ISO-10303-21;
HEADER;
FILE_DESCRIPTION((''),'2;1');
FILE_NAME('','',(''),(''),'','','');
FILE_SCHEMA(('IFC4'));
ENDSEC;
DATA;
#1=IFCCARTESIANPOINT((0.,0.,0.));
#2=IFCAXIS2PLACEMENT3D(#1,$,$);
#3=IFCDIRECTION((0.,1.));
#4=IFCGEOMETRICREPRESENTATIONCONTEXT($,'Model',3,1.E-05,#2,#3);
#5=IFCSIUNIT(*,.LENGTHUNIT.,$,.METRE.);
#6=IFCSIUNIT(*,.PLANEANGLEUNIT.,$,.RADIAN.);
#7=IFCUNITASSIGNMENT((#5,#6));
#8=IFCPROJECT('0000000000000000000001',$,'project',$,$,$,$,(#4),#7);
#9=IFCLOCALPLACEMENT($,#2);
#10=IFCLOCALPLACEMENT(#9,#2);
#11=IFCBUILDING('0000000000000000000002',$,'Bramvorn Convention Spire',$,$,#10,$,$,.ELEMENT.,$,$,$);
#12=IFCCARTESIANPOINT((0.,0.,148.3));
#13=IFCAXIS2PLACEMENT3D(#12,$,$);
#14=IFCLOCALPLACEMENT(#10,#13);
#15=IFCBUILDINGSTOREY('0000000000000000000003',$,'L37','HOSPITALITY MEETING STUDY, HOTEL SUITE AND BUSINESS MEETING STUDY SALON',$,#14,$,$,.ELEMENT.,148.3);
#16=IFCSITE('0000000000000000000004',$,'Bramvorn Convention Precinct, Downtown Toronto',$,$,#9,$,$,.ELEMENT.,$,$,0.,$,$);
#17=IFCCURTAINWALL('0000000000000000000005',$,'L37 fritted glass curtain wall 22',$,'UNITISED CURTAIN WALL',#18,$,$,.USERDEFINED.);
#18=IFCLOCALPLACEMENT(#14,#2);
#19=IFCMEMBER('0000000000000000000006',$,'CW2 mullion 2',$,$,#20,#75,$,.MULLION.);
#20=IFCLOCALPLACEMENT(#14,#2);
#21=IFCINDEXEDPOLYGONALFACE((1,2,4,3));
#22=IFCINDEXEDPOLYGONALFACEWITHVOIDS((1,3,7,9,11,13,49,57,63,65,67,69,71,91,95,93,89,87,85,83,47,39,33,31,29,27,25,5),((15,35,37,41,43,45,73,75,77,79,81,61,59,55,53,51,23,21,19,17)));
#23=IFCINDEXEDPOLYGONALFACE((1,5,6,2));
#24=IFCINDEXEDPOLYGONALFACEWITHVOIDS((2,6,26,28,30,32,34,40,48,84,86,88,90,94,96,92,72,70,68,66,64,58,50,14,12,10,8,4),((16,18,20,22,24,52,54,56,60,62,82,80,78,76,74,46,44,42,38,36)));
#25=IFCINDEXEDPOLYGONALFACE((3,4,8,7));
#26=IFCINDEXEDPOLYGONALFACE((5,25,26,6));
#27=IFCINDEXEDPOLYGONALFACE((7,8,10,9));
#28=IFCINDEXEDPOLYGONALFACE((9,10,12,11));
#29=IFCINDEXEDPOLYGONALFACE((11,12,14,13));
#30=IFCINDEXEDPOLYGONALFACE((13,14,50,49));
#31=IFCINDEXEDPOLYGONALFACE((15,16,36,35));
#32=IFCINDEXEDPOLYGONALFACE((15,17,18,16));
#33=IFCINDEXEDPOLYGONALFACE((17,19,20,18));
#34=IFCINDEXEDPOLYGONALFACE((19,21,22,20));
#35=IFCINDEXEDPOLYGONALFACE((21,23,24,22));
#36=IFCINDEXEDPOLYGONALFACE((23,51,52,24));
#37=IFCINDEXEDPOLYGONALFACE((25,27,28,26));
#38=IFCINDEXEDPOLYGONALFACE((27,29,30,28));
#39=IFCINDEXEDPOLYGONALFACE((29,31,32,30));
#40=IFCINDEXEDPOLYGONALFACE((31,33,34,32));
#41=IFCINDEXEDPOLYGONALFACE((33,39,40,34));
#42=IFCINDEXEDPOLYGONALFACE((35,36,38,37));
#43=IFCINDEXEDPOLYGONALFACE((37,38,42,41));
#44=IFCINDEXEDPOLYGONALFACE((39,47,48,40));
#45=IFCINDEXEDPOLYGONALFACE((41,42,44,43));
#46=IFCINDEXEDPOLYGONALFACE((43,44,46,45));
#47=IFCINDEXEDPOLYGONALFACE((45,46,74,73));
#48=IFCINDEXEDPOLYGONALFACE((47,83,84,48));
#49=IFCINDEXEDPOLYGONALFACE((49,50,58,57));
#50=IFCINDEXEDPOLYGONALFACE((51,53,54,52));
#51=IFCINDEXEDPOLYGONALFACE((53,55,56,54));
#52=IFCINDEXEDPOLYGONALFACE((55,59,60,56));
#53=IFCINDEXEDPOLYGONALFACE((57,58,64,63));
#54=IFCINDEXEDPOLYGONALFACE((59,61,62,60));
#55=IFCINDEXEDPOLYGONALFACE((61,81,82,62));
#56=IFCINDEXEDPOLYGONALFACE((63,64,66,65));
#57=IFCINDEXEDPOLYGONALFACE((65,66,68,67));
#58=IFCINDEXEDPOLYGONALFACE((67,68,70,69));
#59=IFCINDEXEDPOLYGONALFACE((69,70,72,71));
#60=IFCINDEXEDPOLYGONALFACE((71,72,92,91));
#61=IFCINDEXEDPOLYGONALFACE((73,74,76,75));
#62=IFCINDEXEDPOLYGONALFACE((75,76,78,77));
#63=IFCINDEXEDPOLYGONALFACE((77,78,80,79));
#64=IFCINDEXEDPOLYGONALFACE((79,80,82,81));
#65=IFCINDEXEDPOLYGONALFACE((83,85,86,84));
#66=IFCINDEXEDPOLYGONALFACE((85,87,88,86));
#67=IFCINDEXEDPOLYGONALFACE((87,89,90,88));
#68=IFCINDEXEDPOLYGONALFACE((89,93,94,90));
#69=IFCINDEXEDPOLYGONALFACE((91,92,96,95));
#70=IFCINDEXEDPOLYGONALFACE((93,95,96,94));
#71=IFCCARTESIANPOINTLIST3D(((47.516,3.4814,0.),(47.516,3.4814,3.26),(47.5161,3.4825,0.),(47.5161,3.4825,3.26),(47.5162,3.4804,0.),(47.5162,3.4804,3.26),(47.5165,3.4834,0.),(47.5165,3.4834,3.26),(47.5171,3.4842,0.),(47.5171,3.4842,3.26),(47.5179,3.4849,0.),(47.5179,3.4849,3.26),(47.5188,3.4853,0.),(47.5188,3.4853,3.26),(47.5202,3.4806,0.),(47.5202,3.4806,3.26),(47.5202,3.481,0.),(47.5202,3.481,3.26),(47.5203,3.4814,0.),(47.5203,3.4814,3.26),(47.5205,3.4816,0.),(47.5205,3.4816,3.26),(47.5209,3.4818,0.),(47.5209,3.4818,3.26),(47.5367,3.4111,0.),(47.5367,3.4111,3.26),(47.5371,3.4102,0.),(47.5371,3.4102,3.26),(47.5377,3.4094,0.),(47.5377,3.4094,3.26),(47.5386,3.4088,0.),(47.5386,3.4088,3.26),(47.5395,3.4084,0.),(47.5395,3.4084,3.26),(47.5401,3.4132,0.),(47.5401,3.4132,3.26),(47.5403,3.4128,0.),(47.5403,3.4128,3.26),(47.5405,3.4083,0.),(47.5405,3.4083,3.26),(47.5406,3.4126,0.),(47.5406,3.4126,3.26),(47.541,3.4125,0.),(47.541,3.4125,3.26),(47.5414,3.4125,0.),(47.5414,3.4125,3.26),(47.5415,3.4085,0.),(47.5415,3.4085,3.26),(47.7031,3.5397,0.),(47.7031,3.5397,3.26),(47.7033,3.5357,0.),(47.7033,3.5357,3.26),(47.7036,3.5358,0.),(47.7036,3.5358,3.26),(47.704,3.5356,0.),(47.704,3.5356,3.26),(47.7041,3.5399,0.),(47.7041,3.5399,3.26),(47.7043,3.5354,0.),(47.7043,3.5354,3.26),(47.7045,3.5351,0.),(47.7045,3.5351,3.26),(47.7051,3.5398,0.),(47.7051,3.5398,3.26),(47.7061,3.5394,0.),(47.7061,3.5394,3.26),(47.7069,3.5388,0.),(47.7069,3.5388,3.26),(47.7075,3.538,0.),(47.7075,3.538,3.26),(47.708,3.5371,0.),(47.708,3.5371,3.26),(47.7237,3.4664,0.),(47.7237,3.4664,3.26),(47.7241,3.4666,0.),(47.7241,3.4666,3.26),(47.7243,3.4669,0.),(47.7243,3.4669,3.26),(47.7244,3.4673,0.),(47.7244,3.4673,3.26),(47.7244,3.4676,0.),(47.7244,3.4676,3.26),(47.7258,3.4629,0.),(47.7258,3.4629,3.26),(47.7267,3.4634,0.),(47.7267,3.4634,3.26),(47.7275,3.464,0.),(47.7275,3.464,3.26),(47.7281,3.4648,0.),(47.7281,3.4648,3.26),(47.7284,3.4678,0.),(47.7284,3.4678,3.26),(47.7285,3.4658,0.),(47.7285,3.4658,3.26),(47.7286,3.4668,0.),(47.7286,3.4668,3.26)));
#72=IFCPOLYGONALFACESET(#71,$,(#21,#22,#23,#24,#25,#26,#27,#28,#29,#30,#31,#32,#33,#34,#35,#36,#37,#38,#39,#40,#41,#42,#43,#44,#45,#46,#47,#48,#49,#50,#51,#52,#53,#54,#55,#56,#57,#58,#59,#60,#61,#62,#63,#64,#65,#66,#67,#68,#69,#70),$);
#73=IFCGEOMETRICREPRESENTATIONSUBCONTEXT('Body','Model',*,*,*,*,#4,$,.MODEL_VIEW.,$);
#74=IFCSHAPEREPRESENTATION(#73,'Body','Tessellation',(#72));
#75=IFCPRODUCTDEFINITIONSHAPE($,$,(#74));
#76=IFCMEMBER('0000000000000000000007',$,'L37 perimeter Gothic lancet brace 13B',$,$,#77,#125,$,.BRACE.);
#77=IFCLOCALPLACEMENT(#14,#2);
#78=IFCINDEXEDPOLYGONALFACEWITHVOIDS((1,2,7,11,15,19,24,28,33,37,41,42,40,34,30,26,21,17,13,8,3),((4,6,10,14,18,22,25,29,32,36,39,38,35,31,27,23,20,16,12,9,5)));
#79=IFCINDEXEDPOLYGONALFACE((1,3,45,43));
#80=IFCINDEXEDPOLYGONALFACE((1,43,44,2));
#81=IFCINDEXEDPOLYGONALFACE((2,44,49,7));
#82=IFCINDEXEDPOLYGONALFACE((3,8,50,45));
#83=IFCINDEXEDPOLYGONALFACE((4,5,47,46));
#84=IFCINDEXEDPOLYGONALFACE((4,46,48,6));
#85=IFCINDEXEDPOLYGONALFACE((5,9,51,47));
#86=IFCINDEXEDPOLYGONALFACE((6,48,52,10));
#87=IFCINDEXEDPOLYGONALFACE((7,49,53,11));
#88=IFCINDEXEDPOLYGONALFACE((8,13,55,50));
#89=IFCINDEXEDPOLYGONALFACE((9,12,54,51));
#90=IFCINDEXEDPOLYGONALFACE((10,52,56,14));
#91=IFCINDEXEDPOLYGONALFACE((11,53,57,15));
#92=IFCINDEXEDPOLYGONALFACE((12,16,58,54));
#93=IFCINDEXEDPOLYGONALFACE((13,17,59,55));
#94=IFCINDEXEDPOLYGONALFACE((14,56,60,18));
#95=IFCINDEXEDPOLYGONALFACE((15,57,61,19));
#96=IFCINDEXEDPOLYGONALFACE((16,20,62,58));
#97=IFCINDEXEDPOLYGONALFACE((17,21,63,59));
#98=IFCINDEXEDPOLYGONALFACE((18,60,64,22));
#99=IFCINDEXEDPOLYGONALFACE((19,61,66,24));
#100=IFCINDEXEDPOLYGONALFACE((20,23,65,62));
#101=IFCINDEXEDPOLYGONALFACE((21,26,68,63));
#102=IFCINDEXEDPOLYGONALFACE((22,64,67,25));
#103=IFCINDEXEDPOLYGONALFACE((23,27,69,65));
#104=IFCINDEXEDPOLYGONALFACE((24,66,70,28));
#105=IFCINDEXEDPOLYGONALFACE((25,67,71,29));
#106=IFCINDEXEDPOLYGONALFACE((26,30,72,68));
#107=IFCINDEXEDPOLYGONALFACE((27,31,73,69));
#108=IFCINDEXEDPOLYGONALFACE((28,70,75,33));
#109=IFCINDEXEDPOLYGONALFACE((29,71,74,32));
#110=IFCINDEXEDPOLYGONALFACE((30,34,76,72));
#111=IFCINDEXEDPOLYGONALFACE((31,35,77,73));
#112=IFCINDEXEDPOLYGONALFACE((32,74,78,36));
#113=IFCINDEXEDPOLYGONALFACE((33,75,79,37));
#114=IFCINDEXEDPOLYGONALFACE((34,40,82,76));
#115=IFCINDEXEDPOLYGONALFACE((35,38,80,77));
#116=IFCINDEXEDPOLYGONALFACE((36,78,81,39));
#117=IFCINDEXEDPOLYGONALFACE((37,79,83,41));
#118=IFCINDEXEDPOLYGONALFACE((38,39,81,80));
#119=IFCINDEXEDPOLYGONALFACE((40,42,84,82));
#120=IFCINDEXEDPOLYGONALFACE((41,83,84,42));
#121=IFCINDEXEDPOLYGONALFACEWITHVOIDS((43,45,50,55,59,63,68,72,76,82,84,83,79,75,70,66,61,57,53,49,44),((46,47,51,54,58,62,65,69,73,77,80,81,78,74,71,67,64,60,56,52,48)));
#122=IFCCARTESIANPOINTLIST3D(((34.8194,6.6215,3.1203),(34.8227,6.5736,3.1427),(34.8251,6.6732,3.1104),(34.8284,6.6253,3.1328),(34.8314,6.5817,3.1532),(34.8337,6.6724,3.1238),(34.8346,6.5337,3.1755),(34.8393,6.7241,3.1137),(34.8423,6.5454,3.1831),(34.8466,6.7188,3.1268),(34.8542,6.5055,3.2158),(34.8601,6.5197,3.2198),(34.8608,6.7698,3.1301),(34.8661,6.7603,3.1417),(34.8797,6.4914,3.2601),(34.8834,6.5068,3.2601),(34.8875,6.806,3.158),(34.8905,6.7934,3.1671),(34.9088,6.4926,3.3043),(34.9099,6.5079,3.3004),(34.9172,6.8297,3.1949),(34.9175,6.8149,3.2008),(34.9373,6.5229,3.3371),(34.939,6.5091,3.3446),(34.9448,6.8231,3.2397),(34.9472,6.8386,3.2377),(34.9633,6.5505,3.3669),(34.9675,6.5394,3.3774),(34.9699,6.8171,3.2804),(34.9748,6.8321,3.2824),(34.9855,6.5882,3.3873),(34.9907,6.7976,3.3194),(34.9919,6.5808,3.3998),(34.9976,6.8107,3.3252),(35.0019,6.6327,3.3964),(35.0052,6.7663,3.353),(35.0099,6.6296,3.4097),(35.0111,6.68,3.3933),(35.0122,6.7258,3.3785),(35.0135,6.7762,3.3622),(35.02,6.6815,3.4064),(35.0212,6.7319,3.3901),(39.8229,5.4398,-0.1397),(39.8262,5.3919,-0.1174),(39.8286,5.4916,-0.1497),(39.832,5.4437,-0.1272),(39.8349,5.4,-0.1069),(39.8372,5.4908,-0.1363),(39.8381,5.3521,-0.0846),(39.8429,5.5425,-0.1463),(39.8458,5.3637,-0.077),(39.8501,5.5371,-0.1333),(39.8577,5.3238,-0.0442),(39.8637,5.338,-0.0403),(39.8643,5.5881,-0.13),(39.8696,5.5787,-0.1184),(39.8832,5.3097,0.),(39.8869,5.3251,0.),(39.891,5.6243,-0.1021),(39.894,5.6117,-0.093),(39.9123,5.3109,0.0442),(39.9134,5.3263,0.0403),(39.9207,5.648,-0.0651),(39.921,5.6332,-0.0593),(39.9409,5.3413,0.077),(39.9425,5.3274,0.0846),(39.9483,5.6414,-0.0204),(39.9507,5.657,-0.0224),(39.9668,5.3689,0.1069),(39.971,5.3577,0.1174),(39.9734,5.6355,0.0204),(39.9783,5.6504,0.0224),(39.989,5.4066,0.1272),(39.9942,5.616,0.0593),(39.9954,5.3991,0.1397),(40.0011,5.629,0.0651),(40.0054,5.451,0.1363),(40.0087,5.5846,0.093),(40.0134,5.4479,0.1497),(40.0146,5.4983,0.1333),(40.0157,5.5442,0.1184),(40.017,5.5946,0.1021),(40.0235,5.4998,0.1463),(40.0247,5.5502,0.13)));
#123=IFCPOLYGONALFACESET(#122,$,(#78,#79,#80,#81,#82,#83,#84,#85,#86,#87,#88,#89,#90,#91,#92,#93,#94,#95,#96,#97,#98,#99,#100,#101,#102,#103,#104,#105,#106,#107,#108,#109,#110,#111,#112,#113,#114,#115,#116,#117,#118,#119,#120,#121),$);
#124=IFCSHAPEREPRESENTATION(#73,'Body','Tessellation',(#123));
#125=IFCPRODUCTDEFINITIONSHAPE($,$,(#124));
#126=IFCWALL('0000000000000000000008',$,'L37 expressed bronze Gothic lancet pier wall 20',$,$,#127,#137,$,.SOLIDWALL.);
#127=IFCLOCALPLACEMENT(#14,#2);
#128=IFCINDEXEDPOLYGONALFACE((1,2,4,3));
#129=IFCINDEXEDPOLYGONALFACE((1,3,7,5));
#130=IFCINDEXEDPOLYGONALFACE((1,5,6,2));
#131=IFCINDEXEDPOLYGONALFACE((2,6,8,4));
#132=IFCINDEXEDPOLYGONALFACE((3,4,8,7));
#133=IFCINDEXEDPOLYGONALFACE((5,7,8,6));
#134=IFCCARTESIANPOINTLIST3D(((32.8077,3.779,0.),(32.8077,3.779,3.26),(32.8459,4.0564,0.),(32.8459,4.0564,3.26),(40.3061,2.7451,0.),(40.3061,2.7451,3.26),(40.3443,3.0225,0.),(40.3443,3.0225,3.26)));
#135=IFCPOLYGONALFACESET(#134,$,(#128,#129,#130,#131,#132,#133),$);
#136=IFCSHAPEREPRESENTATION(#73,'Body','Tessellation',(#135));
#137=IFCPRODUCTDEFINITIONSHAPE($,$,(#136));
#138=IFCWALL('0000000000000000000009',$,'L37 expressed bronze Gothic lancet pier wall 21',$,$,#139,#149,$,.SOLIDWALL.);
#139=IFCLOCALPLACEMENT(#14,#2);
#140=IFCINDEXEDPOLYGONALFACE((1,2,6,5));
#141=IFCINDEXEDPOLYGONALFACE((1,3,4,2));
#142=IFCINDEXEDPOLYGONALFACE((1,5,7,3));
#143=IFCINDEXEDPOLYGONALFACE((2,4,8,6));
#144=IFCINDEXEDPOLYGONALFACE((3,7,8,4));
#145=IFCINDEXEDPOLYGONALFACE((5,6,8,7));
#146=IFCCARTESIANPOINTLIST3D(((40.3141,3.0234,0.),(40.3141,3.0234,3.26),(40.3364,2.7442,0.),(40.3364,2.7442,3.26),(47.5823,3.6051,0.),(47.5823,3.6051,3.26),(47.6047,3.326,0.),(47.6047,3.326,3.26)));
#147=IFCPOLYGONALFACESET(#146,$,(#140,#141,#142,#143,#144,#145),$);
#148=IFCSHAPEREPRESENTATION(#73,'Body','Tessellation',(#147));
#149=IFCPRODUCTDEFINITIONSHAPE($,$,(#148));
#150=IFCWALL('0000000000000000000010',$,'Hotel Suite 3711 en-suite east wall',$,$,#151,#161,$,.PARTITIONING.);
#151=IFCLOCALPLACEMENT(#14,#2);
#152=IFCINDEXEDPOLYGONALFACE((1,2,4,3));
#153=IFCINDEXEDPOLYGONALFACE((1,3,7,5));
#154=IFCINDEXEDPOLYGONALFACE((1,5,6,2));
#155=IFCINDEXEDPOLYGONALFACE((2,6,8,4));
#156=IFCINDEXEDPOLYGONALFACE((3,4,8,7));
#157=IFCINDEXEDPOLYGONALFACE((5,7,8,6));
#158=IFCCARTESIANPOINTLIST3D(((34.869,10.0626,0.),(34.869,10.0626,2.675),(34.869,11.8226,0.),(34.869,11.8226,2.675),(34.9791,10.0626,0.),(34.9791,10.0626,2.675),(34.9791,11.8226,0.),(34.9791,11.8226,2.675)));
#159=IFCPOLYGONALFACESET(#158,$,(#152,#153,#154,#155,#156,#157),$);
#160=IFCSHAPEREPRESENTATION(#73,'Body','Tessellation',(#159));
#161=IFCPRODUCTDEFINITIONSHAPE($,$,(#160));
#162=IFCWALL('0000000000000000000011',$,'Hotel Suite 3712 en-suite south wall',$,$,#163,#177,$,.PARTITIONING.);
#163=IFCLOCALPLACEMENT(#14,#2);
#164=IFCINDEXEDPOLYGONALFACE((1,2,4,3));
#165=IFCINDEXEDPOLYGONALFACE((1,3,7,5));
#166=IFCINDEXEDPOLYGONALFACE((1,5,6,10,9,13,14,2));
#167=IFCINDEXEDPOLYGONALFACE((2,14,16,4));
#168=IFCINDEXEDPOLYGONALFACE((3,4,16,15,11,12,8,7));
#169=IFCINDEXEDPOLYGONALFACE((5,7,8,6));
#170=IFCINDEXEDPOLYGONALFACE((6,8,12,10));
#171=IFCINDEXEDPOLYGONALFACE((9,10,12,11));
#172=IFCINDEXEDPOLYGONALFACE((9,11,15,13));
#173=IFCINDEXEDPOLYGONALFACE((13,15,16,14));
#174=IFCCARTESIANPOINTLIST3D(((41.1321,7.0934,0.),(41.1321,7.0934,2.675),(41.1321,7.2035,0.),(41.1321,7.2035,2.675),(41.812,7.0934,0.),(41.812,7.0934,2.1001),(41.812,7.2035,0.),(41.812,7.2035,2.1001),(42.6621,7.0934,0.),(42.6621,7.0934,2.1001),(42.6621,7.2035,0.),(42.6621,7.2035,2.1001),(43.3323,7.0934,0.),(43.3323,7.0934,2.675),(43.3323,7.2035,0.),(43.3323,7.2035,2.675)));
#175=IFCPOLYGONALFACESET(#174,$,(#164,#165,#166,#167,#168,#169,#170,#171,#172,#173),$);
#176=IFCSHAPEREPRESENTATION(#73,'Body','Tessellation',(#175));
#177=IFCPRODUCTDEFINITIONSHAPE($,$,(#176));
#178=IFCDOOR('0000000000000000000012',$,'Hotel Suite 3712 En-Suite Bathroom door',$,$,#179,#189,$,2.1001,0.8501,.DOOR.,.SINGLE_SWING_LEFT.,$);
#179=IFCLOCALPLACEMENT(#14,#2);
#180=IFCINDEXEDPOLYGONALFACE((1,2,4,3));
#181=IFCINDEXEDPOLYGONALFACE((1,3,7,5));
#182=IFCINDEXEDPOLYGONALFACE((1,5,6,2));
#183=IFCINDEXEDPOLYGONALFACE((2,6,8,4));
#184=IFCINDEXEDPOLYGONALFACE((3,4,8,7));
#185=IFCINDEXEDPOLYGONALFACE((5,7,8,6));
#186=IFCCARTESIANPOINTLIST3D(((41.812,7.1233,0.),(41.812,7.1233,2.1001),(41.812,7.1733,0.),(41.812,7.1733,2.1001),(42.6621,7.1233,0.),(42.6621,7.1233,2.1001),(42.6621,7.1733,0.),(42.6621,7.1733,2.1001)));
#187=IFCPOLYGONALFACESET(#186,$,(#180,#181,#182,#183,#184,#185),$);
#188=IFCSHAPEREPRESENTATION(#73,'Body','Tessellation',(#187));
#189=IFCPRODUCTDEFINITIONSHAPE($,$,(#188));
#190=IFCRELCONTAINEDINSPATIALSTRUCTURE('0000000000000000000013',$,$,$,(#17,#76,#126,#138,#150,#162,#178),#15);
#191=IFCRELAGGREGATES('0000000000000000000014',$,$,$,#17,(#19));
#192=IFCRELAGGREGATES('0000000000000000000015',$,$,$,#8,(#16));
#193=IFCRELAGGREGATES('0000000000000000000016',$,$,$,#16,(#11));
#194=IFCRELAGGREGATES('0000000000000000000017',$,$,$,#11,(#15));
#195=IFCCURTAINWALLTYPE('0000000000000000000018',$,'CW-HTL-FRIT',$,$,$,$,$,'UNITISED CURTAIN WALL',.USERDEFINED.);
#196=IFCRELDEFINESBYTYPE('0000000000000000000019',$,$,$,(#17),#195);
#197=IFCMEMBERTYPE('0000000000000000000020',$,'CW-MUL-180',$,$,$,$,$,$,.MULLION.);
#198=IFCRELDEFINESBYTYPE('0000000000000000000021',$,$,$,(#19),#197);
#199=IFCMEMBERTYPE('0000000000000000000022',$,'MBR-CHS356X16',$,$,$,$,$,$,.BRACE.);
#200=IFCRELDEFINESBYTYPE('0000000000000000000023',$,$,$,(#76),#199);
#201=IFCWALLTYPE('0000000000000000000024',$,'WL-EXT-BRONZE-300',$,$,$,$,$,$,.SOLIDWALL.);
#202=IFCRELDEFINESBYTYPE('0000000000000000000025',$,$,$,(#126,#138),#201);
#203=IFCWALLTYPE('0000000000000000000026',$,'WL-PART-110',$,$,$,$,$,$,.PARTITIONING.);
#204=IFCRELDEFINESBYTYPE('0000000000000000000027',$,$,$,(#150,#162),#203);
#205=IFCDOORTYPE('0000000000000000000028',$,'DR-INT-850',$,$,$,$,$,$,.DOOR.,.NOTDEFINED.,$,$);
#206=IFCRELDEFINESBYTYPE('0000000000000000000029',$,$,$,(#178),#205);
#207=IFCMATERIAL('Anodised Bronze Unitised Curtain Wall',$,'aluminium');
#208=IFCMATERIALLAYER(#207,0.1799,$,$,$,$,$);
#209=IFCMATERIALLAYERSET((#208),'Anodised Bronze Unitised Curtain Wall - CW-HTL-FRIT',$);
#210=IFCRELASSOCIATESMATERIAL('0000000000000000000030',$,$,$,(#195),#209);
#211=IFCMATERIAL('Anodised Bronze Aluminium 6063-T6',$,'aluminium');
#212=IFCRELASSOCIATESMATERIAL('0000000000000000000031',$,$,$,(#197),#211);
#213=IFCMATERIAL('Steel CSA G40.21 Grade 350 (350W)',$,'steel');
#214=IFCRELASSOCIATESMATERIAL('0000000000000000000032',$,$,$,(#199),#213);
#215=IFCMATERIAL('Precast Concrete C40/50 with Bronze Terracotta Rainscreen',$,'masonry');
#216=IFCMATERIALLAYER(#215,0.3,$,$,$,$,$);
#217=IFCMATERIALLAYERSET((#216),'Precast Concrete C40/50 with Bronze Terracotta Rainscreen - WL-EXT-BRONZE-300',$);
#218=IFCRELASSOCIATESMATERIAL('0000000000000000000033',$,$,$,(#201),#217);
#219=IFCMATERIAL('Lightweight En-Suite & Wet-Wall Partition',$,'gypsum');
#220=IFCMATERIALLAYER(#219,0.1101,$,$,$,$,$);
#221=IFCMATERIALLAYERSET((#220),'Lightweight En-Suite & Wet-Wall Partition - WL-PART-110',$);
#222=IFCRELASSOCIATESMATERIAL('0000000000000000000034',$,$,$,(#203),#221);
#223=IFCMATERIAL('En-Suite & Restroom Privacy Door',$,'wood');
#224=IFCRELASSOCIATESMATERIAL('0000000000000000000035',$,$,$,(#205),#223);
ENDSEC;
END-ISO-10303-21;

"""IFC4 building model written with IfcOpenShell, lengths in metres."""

from ifc_helpers import new_model, si_unit, direction, frame, frame_2d, origin, origin_2d, place, context, subcontext, project, spatial, rectangle, hollow_rectangle, hollow_circle, extrude, material, layer, layer_set, material_profile, profile_set, type_object, element, fill, aggregate, save


model = new_model("IFC4")

# Units and contexts
model_context = context("Model", 3, precision=1e-05, world=origin(), true_north=direction((0.0, 1.0)))
body_context = subcontext(model_context, "Body", "Model", "MODEL_VIEW")
ifc_project = project(units=[si_unit("LENGTHUNIT", "METRE"), si_unit("PLANEANGLEUNIT", "RADIAN")], contexts=[model_context])

# Site, building, storey
site_placement = place(None, origin())
site = spatial("IfcSite", under=ifc_project, at=site_placement, Name="Bramvorn Convention Precinct, Downtown Toronto", CompositionType="ELEMENT", RefElevation=0.0)
building_placement = place(site_placement, origin())
building = spatial("IfcBuilding", under=site, at=building_placement, Name="Bramvorn Convention Spire", CompositionType="ELEMENT")
storey_placement = place(building_placement, frame((0.0, 0.0, 148.3)))
storey = spatial("IfcBuildingStorey", under=building, at=storey_placement, Name="L37", Description="HOSPITALITY MEETING STUDY, HOTEL SUITE AND BUSINESS MEETING STUDY SALON", CompositionType="ELEMENT", Elevation=148.3)

# Shared definitions
ifc_material_1 = material(Name="Steel CSA G40.21 Grade 350 (350W)", Category="steel")

# Curtain wall, member
ifc_material_2 = material(Name="Anodised Bronze Unitised Curtain Wall", Category="aluminium")
ifc_layer_1 = layer(ifc_material_2, 0.1799)
ifc_layer_set_1 = layer_set([ifc_layer_1], Name="Anodised Bronze Unitised Curtain Wall - CW-HTL-FRIT")
curtain_wall_type = type_object("IfcCurtainWallType", Name="CW-HTL-FRIT", ElementType="UNITISED CURTAIN WALL", PredefinedType="USERDEFINED", material=ifc_layer_set_1)
curtain_wall_placement = place(storey_placement, origin())
curtain_wall = element("IfcCurtainWall", 1, at=curtain_wall_placement, inside=storey, type_object=curtain_wall_type, Name="L37 fritted glass curtain wall 22", ObjectType="UNITISED CURTAIN WALL", PredefinedType="USERDEFINED")
ifc_material_3 = material(Name="Anodised Bronze Aluminium 6063-T6", Category="aluminium")
ifc_material_profile_1 = material_profile(ifc_material_3, hollow_rectangle(XDim=0.0801, YDim=0.2, WallThickness=0.0039, InnerFilletRadius=0.001, OuterFilletRadius=0.0039, at=origin_2d()))
ifc_profile_set_1 = profile_set([ifc_material_profile_1], Name="Anodised Bronze Aluminium 6063-T6 - CWM80X200")
member_type_1 = type_object("IfcMemberType", Name="CW-MUL-180", PredefinedType="MULLION", material=ifc_profile_set_1)
member_1_placement = place(storey_placement, frame((47.6223, 3.4741, 0.0), z_axis=(0.0, 0.0, 1.0), x_axis=(0.283385, -0.959006, 0.0)))
member_1 = element("IfcMember", 2, at=member_1_placement, type_object=member_type_1, Name="CW2 mullion 2", PredefinedType="MULLION", context=body_context, shape_type="SweptSolid", body=[
    extrude(hollow_rectangle(XDim=0.0801, YDim=0.2, WallThickness=0.0039, InnerFilletRadius=0.001, OuterFilletRadius=0.0039, at=origin_2d()), origin(), (0.0, 0.0, 1.0), 3.26),
])
aggregate(curtain_wall, [member_1])

# Member
ifc_material_profile_2 = material_profile(ifc_material_1, hollow_circle(Radius=0.1777, WallThickness=0.0159, at=origin_2d()))
ifc_profile_set_2 = profile_set([ifc_material_profile_2], Name="Steel CSA G40.21 Grade 350 (350W) - CHS356X16")
member_type_2 = type_object("IfcMemberType", Name="MBR-CHS356X16", PredefinedType="BRACE", material=ifc_profile_set_2)
member_2_placement = place(storey_placement, frame((39.9241, 5.4827, 0.0), z_axis=(-0.821911, 0.194108, 0.535522), x_axis=(-0.229844, -0.973228, 0.0)))
element("IfcMember", 3, at=member_2_placement, inside=storey, type_object=member_type_2, Name="L37 perimeter Gothic lancet brace 13B", PredefinedType="BRACE", context=body_context, shape_type="SweptSolid", body=[
    extrude(hollow_circle(Radius=0.1777, WallThickness=0.0159, at=origin_2d()), origin(), (0.0, 0.0, 1.0), 6.0876),
])

# Walls
ifc_material_4 = material(Name="Precast Concrete C40/50 with Bronze Terracotta Rainscreen", Category="masonry")
ifc_layer_2 = layer(ifc_material_4, 0.3)
ifc_layer_set_2 = layer_set([ifc_layer_2], Name="Precast Concrete C40/50 with Bronze Terracotta Rainscreen - WL-EXT-BRONZE-300")
wall_type_1 = type_object("IfcWallType", Name="WL-EXT-BRONZE-300", PredefinedType="SOLIDWALL", material=ifc_layer_set_2)
wall_1_placement = place(storey_placement, frame((40.3252, 2.8838, 0.0), z_axis=(0.0, 0.0, 1.0), x_axis=(-0.990627, 0.136597, 0.0)))
element("IfcWall", 4, at=wall_1_placement, inside=storey, type_object=wall_type_1, Name="L37 expressed bronze Gothic lancet pier wall 20", PredefinedType="SOLIDWALL", context=body_context, shape_type="SweptSolid", body=[
    extrude(rectangle(XDim=7.5693, YDim=0.28, at=frame_2d((3.7847, 0.0))), origin(), (0.0, 0.0, 1.0), 3.26),
])
wall_2_placement = place(storey_placement, frame((47.5935, 3.4656, 0.0), z_axis=(0.0, 0.0, 1.0), x_axis=(-0.996812, -0.079789, 0.0)))
element("IfcWall", 5, at=wall_2_placement, inside=storey, type_object=wall_type_1, Name="L37 expressed bronze Gothic lancet pier wall 21", PredefinedType="SOLIDWALL", context=body_context, shape_type="SweptSolid", body=[
    extrude(rectangle(XDim=7.2915, YDim=0.28, at=frame_2d((3.6458, 0.0))), origin(), (0.0, 0.0, 1.0), 3.26),
])
ifc_material_5 = material(Name="Lightweight En-Suite & Wet-Wall Partition", Category="gypsum")
ifc_layer_3 = layer(ifc_material_5, 0.1101)
ifc_layer_set_3 = layer_set([ifc_layer_3], Name="Lightweight En-Suite & Wet-Wall Partition - WL-PART-110")
wall_type_2 = type_object("IfcWallType", Name="WL-PART-110", PredefinedType="PARTITIONING", material=ifc_layer_set_3)
wall_3_placement = place(storey_placement, frame((34.9241, 10.0627, 0.0), z_axis=(0.0, 0.0, 1.0), x_axis=(0.0, 1.0, 0.0)))
element("IfcWall", 6, at=wall_3_placement, inside=storey, type_object=wall_type_2, Name="Hotel Suite 3711 en-suite east wall", PredefinedType="PARTITIONING", context=body_context, shape_type="SweptSolid", body=[
    extrude(rectangle(XDim=1.76, YDim=0.1101, at=frame_2d((0.8799, 0.0))), origin(), (0.0, 0.0, 1.0), 2.675),
])

# Wall, opening, door
wall_4_placement = place(storey_placement, frame((41.1321, 7.1484, 0.0), z_axis=(0.0, 0.0, 1.0), x_axis=(1.0, 0.0, 0.0)))
wall_4 = element("IfcWall", 7, at=wall_4_placement, inside=storey, type_object=wall_type_2, Name="Hotel Suite 3712 en-suite south wall", PredefinedType="PARTITIONING", context=body_context, shape_type="SweptSolid", body=[
    extrude(rectangle(XDim=2.2002, YDim=0.1101, at=frame_2d((1.1001, 0.0))), origin(), (0.0, 0.0, 1.0), 2.675),
])
opening_1_placement = place(wall_4_placement, frame((0.6799, 0.0, 0.0)))
opening_1 = element("IfcOpeningElement", 8, at=opening_1_placement, cuts=wall_4, PredefinedType="OPENING", context=body_context, shape_type="SweptSolid", body=[
    extrude(rectangle(XDim=0.8501, YDim=2.1001, at=frame_2d((0.425, 1.05))), frame((0.0, 0.0649, 0.0), z_axis=(0.0, -1.0, 0.0), x_axis=(1.0, 0.0, 0.0)), (0.0, 0.0, 1.0), 0.1301),
])
ifc_material_6 = material(Name="En-Suite & Restroom Privacy Door", Category="wood")
door_type_1 = type_object("IfcDoorType", Name="DR-INT-850", OperationType="NOTDEFINED", PredefinedType="DOOR", material=ifc_material_6)
door_1_placement = place(opening_1_placement, origin())
door_1 = element("IfcDoor", 9, at=door_1_placement, inside=storey, type_object=door_type_1, Name="Hotel Suite 3712 En-Suite Bathroom door", OperationType="SINGLE_SWING_LEFT", OverallHeight=2.1001, OverallWidth=0.8501, PredefinedType="DOOR", context=body_context, shape_type="SweptSolid", body=[
    extrude(rectangle(XDim=0.8501, YDim=2.1001, at=frame_2d((0.425, 1.05))), frame((0.0, 0.0249, 0.0), z_axis=(0.0, -1.0, 0.0), x_axis=(1.0, 0.0, 0.0)), (0.0, 0.0, 1.0), 0.05),
])
fill(opening_1, door_1)

save(model, "model.ifc")
